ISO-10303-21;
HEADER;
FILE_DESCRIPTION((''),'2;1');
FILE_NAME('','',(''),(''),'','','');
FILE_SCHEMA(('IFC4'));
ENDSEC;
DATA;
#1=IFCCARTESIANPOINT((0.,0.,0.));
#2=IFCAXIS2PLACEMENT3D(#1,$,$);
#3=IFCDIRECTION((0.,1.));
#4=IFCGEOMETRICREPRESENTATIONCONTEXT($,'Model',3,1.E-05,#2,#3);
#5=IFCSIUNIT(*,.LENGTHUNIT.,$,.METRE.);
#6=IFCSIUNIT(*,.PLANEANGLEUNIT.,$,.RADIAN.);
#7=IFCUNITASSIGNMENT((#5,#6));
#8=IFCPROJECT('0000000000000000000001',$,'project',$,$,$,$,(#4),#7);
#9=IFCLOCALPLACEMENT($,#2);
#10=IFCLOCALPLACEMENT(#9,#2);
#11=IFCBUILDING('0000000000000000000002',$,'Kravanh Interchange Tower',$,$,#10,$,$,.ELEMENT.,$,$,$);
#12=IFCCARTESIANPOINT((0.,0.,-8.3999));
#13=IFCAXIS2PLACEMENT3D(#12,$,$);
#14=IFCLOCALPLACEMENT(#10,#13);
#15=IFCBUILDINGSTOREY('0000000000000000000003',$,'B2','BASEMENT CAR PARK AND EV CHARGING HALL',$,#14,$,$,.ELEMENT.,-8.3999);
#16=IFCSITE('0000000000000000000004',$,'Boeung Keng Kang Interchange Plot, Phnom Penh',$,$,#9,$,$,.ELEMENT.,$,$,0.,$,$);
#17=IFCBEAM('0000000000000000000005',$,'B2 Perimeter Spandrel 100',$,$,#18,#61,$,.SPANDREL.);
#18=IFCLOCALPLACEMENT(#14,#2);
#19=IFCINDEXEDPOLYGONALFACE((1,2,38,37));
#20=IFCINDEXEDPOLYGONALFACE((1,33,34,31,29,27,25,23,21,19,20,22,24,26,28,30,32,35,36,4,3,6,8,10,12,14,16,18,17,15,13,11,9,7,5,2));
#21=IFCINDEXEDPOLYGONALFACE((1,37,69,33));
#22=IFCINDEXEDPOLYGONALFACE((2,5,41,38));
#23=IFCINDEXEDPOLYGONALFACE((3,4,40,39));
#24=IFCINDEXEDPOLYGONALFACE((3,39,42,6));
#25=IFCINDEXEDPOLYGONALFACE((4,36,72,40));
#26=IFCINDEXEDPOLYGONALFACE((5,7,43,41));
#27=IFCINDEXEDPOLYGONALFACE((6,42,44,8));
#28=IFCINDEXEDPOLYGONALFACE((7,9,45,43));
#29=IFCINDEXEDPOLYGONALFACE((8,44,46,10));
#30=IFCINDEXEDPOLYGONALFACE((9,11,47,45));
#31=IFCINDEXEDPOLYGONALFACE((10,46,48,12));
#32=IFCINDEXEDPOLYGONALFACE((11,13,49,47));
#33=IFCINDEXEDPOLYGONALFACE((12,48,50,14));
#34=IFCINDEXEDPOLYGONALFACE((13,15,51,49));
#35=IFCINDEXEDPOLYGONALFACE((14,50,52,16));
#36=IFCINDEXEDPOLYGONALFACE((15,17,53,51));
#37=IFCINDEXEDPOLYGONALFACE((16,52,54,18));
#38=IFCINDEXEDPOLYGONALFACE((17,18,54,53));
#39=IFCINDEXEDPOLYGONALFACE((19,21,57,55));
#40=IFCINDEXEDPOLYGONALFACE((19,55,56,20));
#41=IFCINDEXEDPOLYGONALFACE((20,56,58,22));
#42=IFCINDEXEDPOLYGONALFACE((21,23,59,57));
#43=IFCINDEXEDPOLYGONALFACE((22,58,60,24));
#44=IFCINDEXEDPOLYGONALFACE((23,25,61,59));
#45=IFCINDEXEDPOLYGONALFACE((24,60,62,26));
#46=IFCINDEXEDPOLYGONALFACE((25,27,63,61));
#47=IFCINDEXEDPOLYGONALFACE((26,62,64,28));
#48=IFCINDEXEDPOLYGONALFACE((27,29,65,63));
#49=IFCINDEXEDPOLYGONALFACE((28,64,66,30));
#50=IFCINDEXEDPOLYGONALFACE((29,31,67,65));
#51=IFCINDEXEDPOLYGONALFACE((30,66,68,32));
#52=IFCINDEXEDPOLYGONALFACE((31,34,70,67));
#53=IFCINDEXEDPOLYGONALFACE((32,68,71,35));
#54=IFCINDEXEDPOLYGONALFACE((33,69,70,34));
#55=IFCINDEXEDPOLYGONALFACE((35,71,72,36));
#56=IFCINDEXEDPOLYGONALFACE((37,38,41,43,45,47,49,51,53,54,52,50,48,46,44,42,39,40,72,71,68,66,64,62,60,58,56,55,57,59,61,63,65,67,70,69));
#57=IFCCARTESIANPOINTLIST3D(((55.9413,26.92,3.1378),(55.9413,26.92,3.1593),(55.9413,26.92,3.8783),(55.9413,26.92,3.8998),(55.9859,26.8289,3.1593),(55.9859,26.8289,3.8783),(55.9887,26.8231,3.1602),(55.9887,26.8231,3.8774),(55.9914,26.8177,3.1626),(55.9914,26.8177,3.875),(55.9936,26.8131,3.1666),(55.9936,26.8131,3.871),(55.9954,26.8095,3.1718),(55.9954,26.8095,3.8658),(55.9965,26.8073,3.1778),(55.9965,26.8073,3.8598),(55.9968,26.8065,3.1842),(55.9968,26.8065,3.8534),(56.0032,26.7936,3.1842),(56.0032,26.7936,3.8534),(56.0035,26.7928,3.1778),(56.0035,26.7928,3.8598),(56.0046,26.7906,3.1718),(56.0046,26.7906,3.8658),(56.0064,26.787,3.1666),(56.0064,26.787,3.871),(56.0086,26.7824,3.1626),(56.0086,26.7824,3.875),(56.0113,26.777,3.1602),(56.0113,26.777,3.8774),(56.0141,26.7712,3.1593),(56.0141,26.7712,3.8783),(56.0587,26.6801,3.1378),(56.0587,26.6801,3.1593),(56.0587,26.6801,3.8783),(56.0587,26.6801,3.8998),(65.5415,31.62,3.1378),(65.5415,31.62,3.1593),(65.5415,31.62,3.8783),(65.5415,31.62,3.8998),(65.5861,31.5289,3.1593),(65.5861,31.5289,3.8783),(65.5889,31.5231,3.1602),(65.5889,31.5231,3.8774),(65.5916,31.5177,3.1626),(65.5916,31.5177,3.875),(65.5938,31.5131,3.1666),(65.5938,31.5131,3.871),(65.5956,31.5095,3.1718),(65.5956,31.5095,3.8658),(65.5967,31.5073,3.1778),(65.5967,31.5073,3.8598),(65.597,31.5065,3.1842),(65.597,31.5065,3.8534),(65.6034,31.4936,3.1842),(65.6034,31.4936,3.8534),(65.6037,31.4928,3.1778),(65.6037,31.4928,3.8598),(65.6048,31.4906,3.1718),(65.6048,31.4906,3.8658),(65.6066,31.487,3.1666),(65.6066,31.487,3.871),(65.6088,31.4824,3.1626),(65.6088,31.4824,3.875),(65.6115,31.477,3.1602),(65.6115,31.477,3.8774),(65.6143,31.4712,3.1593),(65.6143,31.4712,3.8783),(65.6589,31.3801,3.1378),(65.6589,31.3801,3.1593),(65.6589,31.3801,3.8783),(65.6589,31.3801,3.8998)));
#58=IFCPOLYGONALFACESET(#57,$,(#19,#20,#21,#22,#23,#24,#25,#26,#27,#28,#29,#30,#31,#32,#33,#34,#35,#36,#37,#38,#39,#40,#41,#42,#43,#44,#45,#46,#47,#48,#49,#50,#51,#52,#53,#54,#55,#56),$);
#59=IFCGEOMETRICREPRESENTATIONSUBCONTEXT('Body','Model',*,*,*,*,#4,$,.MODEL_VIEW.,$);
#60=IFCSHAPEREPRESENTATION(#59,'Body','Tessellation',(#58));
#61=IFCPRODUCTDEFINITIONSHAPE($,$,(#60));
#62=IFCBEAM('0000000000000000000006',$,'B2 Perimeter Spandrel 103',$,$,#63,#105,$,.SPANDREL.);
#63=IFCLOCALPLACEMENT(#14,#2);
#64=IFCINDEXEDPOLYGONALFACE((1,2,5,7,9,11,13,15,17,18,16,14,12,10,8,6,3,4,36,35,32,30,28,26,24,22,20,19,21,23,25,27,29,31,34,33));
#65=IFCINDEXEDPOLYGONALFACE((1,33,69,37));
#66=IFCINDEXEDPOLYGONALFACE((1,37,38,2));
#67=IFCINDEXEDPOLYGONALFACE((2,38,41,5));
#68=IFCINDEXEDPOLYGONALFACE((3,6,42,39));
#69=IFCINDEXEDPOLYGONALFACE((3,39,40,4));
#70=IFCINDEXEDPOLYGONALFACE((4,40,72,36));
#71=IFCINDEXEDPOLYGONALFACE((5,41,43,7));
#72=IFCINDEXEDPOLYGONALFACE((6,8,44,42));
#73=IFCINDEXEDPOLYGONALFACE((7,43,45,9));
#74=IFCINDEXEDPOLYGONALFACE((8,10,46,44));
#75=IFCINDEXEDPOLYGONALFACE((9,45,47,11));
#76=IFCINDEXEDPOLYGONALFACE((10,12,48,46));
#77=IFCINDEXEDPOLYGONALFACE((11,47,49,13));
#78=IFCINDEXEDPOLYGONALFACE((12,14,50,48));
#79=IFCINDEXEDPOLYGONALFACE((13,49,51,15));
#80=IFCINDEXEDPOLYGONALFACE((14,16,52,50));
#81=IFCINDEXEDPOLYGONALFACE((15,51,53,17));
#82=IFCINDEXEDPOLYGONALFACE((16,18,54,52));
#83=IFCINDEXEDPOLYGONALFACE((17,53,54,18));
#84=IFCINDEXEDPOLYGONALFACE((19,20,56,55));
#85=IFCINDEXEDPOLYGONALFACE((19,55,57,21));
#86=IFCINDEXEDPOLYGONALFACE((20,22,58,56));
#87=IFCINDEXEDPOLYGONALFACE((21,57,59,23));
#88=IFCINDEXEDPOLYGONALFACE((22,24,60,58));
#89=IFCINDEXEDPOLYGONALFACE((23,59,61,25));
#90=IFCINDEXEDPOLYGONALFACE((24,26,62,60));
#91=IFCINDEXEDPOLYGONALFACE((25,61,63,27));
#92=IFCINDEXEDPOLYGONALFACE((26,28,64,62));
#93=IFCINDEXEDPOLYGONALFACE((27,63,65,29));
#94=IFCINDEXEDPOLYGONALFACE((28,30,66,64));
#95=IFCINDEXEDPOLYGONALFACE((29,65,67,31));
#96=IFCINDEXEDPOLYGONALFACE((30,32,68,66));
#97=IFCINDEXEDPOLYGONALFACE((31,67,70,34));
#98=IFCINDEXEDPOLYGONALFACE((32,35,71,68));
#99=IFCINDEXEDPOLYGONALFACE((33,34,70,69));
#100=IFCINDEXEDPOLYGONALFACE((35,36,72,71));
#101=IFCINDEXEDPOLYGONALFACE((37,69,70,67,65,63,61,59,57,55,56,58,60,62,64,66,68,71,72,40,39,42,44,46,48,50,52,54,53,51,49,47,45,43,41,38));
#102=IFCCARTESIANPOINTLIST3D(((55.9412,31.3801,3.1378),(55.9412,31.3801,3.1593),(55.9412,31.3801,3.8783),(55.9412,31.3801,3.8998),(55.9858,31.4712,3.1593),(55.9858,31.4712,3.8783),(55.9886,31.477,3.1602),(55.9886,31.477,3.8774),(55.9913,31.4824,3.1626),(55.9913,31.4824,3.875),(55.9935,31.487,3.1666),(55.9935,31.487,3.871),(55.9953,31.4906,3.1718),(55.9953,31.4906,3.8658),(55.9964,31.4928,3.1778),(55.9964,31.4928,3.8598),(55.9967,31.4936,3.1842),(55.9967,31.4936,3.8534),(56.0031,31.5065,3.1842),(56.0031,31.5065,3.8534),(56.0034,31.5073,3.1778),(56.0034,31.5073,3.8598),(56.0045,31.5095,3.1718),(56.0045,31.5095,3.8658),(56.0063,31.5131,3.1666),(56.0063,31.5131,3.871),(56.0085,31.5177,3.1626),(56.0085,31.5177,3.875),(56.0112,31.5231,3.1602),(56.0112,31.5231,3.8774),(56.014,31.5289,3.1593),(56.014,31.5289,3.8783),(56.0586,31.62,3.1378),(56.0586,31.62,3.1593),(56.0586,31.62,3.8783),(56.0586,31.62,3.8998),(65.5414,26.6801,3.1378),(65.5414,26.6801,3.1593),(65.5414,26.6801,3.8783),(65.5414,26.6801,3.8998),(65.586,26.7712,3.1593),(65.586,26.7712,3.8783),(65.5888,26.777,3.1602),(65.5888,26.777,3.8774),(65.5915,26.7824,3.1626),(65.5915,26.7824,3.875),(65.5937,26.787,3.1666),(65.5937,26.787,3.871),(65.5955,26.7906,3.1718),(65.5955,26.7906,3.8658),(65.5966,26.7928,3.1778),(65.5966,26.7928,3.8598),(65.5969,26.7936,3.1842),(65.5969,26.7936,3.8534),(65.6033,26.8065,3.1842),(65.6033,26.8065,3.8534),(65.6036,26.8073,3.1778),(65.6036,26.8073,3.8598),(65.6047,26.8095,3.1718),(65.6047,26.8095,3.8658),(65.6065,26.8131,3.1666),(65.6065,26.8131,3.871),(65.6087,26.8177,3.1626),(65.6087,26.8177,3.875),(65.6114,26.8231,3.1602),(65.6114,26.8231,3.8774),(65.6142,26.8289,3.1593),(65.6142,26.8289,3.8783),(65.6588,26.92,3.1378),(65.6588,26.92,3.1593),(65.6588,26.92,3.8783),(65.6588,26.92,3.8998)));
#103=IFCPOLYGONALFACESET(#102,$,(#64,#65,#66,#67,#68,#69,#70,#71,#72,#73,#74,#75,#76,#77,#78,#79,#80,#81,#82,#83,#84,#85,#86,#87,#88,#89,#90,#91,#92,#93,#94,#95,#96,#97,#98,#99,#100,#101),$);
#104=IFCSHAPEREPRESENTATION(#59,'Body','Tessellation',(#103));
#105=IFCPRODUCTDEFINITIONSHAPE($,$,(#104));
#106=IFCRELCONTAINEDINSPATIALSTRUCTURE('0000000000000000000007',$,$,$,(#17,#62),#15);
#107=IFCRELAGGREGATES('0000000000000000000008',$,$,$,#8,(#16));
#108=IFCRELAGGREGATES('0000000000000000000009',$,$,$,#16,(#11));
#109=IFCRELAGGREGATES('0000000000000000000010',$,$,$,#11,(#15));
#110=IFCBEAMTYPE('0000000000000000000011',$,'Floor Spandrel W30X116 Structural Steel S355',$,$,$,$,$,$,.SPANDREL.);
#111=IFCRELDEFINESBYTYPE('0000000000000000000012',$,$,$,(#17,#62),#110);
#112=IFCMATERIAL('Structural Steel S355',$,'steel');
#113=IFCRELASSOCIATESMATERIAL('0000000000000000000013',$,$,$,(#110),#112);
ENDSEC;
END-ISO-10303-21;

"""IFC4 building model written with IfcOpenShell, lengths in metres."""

from ifc_helpers import new_model, si_unit, direction, frame, origin, origin_2d, place, context, subcontext, project, spatial, i_section, extrude, material, material_profile, profile_set, type_object, element, save


model = new_model("IFC4")

# Units and contexts
model_context = context("Model", 3, precision=1e-05, world=origin(), true_north=direction((0.0, 1.0)))
body_context = subcontext(model_context, "Body", "Model", "MODEL_VIEW")
ifc_project = project(units=[si_unit("LENGTHUNIT", "METRE"), si_unit("PLANEANGLEUNIT", "RADIAN")], contexts=[model_context])

# Site, building, storey
site_placement = place(None, origin())
site = spatial("IfcSite", under=ifc_project, at=site_placement, Name="Boeung Keng Kang Interchange Plot, Phnom Penh", CompositionType="ELEMENT", RefElevation=0.0)
building_placement = place(site_placement, origin())
building = spatial("IfcBuilding", under=site, at=building_placement, Name="Kravanh Interchange Tower", CompositionType="ELEMENT")
storey_placement = place(building_placement, frame((0.0, 0.0, -8.3999)))
storey = spatial("IfcBuildingStorey", under=building, at=storey_placement, Name="B2", Description="BASEMENT CAR PARK AND EV CHARGING HALL", CompositionType="ELEMENT", Elevation=-8.3999)

# Beams
ifc_material_1 = material(Name="Structural Steel S355", Category="steel")
ifc_material_profile_1 = material_profile(ifc_material_1, i_section(OverallWidth=0.2671, OverallDepth=0.762, WebThickness=0.0144, FlangeThickness=0.0215, FilletRadius=0.0249, at=origin_2d()), Name="W30X116")
ifc_profile_set_1 = profile_set([ifc_material_profile_1], Name="Structural Steel S355")
beam_type_1 = type_object("IfcBeamType", Name="Floor Spandrel W30X116 Structural Steel S355", PredefinedType="SPANDREL", material=ifc_profile_set_1)
for number, where, z_axis, x_axis, name in (
    (1, (56.0, 26.8, 3.5188), (0.898142, 0.439706, 0.0), (-0.439706, 0.898142, 0.0), "B2 Perimeter Spandrel 100"),
    (2, (65.6001, 26.8, 3.5188), (-0.898142, 0.439706, 0.0), (-0.439706, -0.898142, 0.0), "B2 Perimeter Spandrel 103"),
):
    element("IfcBeam", number, at=place(storey_placement, frame(where, z_axis=z_axis, x_axis=x_axis)), inside=storey, type_object=beam_type_1, Name=name, PredefinedType="SPANDREL", context=body_context, shape_type="SweptSolid", body=[
        extrude(i_section(OverallWidth=0.2671, OverallDepth=0.762, WebThickness=0.0144, FlangeThickness=0.0215, FilletRadius=0.0249, at=origin_2d()), origin(), (0.0, 0.0, 1.0), 10.689),
    ])

save(model, "model.ifc")
